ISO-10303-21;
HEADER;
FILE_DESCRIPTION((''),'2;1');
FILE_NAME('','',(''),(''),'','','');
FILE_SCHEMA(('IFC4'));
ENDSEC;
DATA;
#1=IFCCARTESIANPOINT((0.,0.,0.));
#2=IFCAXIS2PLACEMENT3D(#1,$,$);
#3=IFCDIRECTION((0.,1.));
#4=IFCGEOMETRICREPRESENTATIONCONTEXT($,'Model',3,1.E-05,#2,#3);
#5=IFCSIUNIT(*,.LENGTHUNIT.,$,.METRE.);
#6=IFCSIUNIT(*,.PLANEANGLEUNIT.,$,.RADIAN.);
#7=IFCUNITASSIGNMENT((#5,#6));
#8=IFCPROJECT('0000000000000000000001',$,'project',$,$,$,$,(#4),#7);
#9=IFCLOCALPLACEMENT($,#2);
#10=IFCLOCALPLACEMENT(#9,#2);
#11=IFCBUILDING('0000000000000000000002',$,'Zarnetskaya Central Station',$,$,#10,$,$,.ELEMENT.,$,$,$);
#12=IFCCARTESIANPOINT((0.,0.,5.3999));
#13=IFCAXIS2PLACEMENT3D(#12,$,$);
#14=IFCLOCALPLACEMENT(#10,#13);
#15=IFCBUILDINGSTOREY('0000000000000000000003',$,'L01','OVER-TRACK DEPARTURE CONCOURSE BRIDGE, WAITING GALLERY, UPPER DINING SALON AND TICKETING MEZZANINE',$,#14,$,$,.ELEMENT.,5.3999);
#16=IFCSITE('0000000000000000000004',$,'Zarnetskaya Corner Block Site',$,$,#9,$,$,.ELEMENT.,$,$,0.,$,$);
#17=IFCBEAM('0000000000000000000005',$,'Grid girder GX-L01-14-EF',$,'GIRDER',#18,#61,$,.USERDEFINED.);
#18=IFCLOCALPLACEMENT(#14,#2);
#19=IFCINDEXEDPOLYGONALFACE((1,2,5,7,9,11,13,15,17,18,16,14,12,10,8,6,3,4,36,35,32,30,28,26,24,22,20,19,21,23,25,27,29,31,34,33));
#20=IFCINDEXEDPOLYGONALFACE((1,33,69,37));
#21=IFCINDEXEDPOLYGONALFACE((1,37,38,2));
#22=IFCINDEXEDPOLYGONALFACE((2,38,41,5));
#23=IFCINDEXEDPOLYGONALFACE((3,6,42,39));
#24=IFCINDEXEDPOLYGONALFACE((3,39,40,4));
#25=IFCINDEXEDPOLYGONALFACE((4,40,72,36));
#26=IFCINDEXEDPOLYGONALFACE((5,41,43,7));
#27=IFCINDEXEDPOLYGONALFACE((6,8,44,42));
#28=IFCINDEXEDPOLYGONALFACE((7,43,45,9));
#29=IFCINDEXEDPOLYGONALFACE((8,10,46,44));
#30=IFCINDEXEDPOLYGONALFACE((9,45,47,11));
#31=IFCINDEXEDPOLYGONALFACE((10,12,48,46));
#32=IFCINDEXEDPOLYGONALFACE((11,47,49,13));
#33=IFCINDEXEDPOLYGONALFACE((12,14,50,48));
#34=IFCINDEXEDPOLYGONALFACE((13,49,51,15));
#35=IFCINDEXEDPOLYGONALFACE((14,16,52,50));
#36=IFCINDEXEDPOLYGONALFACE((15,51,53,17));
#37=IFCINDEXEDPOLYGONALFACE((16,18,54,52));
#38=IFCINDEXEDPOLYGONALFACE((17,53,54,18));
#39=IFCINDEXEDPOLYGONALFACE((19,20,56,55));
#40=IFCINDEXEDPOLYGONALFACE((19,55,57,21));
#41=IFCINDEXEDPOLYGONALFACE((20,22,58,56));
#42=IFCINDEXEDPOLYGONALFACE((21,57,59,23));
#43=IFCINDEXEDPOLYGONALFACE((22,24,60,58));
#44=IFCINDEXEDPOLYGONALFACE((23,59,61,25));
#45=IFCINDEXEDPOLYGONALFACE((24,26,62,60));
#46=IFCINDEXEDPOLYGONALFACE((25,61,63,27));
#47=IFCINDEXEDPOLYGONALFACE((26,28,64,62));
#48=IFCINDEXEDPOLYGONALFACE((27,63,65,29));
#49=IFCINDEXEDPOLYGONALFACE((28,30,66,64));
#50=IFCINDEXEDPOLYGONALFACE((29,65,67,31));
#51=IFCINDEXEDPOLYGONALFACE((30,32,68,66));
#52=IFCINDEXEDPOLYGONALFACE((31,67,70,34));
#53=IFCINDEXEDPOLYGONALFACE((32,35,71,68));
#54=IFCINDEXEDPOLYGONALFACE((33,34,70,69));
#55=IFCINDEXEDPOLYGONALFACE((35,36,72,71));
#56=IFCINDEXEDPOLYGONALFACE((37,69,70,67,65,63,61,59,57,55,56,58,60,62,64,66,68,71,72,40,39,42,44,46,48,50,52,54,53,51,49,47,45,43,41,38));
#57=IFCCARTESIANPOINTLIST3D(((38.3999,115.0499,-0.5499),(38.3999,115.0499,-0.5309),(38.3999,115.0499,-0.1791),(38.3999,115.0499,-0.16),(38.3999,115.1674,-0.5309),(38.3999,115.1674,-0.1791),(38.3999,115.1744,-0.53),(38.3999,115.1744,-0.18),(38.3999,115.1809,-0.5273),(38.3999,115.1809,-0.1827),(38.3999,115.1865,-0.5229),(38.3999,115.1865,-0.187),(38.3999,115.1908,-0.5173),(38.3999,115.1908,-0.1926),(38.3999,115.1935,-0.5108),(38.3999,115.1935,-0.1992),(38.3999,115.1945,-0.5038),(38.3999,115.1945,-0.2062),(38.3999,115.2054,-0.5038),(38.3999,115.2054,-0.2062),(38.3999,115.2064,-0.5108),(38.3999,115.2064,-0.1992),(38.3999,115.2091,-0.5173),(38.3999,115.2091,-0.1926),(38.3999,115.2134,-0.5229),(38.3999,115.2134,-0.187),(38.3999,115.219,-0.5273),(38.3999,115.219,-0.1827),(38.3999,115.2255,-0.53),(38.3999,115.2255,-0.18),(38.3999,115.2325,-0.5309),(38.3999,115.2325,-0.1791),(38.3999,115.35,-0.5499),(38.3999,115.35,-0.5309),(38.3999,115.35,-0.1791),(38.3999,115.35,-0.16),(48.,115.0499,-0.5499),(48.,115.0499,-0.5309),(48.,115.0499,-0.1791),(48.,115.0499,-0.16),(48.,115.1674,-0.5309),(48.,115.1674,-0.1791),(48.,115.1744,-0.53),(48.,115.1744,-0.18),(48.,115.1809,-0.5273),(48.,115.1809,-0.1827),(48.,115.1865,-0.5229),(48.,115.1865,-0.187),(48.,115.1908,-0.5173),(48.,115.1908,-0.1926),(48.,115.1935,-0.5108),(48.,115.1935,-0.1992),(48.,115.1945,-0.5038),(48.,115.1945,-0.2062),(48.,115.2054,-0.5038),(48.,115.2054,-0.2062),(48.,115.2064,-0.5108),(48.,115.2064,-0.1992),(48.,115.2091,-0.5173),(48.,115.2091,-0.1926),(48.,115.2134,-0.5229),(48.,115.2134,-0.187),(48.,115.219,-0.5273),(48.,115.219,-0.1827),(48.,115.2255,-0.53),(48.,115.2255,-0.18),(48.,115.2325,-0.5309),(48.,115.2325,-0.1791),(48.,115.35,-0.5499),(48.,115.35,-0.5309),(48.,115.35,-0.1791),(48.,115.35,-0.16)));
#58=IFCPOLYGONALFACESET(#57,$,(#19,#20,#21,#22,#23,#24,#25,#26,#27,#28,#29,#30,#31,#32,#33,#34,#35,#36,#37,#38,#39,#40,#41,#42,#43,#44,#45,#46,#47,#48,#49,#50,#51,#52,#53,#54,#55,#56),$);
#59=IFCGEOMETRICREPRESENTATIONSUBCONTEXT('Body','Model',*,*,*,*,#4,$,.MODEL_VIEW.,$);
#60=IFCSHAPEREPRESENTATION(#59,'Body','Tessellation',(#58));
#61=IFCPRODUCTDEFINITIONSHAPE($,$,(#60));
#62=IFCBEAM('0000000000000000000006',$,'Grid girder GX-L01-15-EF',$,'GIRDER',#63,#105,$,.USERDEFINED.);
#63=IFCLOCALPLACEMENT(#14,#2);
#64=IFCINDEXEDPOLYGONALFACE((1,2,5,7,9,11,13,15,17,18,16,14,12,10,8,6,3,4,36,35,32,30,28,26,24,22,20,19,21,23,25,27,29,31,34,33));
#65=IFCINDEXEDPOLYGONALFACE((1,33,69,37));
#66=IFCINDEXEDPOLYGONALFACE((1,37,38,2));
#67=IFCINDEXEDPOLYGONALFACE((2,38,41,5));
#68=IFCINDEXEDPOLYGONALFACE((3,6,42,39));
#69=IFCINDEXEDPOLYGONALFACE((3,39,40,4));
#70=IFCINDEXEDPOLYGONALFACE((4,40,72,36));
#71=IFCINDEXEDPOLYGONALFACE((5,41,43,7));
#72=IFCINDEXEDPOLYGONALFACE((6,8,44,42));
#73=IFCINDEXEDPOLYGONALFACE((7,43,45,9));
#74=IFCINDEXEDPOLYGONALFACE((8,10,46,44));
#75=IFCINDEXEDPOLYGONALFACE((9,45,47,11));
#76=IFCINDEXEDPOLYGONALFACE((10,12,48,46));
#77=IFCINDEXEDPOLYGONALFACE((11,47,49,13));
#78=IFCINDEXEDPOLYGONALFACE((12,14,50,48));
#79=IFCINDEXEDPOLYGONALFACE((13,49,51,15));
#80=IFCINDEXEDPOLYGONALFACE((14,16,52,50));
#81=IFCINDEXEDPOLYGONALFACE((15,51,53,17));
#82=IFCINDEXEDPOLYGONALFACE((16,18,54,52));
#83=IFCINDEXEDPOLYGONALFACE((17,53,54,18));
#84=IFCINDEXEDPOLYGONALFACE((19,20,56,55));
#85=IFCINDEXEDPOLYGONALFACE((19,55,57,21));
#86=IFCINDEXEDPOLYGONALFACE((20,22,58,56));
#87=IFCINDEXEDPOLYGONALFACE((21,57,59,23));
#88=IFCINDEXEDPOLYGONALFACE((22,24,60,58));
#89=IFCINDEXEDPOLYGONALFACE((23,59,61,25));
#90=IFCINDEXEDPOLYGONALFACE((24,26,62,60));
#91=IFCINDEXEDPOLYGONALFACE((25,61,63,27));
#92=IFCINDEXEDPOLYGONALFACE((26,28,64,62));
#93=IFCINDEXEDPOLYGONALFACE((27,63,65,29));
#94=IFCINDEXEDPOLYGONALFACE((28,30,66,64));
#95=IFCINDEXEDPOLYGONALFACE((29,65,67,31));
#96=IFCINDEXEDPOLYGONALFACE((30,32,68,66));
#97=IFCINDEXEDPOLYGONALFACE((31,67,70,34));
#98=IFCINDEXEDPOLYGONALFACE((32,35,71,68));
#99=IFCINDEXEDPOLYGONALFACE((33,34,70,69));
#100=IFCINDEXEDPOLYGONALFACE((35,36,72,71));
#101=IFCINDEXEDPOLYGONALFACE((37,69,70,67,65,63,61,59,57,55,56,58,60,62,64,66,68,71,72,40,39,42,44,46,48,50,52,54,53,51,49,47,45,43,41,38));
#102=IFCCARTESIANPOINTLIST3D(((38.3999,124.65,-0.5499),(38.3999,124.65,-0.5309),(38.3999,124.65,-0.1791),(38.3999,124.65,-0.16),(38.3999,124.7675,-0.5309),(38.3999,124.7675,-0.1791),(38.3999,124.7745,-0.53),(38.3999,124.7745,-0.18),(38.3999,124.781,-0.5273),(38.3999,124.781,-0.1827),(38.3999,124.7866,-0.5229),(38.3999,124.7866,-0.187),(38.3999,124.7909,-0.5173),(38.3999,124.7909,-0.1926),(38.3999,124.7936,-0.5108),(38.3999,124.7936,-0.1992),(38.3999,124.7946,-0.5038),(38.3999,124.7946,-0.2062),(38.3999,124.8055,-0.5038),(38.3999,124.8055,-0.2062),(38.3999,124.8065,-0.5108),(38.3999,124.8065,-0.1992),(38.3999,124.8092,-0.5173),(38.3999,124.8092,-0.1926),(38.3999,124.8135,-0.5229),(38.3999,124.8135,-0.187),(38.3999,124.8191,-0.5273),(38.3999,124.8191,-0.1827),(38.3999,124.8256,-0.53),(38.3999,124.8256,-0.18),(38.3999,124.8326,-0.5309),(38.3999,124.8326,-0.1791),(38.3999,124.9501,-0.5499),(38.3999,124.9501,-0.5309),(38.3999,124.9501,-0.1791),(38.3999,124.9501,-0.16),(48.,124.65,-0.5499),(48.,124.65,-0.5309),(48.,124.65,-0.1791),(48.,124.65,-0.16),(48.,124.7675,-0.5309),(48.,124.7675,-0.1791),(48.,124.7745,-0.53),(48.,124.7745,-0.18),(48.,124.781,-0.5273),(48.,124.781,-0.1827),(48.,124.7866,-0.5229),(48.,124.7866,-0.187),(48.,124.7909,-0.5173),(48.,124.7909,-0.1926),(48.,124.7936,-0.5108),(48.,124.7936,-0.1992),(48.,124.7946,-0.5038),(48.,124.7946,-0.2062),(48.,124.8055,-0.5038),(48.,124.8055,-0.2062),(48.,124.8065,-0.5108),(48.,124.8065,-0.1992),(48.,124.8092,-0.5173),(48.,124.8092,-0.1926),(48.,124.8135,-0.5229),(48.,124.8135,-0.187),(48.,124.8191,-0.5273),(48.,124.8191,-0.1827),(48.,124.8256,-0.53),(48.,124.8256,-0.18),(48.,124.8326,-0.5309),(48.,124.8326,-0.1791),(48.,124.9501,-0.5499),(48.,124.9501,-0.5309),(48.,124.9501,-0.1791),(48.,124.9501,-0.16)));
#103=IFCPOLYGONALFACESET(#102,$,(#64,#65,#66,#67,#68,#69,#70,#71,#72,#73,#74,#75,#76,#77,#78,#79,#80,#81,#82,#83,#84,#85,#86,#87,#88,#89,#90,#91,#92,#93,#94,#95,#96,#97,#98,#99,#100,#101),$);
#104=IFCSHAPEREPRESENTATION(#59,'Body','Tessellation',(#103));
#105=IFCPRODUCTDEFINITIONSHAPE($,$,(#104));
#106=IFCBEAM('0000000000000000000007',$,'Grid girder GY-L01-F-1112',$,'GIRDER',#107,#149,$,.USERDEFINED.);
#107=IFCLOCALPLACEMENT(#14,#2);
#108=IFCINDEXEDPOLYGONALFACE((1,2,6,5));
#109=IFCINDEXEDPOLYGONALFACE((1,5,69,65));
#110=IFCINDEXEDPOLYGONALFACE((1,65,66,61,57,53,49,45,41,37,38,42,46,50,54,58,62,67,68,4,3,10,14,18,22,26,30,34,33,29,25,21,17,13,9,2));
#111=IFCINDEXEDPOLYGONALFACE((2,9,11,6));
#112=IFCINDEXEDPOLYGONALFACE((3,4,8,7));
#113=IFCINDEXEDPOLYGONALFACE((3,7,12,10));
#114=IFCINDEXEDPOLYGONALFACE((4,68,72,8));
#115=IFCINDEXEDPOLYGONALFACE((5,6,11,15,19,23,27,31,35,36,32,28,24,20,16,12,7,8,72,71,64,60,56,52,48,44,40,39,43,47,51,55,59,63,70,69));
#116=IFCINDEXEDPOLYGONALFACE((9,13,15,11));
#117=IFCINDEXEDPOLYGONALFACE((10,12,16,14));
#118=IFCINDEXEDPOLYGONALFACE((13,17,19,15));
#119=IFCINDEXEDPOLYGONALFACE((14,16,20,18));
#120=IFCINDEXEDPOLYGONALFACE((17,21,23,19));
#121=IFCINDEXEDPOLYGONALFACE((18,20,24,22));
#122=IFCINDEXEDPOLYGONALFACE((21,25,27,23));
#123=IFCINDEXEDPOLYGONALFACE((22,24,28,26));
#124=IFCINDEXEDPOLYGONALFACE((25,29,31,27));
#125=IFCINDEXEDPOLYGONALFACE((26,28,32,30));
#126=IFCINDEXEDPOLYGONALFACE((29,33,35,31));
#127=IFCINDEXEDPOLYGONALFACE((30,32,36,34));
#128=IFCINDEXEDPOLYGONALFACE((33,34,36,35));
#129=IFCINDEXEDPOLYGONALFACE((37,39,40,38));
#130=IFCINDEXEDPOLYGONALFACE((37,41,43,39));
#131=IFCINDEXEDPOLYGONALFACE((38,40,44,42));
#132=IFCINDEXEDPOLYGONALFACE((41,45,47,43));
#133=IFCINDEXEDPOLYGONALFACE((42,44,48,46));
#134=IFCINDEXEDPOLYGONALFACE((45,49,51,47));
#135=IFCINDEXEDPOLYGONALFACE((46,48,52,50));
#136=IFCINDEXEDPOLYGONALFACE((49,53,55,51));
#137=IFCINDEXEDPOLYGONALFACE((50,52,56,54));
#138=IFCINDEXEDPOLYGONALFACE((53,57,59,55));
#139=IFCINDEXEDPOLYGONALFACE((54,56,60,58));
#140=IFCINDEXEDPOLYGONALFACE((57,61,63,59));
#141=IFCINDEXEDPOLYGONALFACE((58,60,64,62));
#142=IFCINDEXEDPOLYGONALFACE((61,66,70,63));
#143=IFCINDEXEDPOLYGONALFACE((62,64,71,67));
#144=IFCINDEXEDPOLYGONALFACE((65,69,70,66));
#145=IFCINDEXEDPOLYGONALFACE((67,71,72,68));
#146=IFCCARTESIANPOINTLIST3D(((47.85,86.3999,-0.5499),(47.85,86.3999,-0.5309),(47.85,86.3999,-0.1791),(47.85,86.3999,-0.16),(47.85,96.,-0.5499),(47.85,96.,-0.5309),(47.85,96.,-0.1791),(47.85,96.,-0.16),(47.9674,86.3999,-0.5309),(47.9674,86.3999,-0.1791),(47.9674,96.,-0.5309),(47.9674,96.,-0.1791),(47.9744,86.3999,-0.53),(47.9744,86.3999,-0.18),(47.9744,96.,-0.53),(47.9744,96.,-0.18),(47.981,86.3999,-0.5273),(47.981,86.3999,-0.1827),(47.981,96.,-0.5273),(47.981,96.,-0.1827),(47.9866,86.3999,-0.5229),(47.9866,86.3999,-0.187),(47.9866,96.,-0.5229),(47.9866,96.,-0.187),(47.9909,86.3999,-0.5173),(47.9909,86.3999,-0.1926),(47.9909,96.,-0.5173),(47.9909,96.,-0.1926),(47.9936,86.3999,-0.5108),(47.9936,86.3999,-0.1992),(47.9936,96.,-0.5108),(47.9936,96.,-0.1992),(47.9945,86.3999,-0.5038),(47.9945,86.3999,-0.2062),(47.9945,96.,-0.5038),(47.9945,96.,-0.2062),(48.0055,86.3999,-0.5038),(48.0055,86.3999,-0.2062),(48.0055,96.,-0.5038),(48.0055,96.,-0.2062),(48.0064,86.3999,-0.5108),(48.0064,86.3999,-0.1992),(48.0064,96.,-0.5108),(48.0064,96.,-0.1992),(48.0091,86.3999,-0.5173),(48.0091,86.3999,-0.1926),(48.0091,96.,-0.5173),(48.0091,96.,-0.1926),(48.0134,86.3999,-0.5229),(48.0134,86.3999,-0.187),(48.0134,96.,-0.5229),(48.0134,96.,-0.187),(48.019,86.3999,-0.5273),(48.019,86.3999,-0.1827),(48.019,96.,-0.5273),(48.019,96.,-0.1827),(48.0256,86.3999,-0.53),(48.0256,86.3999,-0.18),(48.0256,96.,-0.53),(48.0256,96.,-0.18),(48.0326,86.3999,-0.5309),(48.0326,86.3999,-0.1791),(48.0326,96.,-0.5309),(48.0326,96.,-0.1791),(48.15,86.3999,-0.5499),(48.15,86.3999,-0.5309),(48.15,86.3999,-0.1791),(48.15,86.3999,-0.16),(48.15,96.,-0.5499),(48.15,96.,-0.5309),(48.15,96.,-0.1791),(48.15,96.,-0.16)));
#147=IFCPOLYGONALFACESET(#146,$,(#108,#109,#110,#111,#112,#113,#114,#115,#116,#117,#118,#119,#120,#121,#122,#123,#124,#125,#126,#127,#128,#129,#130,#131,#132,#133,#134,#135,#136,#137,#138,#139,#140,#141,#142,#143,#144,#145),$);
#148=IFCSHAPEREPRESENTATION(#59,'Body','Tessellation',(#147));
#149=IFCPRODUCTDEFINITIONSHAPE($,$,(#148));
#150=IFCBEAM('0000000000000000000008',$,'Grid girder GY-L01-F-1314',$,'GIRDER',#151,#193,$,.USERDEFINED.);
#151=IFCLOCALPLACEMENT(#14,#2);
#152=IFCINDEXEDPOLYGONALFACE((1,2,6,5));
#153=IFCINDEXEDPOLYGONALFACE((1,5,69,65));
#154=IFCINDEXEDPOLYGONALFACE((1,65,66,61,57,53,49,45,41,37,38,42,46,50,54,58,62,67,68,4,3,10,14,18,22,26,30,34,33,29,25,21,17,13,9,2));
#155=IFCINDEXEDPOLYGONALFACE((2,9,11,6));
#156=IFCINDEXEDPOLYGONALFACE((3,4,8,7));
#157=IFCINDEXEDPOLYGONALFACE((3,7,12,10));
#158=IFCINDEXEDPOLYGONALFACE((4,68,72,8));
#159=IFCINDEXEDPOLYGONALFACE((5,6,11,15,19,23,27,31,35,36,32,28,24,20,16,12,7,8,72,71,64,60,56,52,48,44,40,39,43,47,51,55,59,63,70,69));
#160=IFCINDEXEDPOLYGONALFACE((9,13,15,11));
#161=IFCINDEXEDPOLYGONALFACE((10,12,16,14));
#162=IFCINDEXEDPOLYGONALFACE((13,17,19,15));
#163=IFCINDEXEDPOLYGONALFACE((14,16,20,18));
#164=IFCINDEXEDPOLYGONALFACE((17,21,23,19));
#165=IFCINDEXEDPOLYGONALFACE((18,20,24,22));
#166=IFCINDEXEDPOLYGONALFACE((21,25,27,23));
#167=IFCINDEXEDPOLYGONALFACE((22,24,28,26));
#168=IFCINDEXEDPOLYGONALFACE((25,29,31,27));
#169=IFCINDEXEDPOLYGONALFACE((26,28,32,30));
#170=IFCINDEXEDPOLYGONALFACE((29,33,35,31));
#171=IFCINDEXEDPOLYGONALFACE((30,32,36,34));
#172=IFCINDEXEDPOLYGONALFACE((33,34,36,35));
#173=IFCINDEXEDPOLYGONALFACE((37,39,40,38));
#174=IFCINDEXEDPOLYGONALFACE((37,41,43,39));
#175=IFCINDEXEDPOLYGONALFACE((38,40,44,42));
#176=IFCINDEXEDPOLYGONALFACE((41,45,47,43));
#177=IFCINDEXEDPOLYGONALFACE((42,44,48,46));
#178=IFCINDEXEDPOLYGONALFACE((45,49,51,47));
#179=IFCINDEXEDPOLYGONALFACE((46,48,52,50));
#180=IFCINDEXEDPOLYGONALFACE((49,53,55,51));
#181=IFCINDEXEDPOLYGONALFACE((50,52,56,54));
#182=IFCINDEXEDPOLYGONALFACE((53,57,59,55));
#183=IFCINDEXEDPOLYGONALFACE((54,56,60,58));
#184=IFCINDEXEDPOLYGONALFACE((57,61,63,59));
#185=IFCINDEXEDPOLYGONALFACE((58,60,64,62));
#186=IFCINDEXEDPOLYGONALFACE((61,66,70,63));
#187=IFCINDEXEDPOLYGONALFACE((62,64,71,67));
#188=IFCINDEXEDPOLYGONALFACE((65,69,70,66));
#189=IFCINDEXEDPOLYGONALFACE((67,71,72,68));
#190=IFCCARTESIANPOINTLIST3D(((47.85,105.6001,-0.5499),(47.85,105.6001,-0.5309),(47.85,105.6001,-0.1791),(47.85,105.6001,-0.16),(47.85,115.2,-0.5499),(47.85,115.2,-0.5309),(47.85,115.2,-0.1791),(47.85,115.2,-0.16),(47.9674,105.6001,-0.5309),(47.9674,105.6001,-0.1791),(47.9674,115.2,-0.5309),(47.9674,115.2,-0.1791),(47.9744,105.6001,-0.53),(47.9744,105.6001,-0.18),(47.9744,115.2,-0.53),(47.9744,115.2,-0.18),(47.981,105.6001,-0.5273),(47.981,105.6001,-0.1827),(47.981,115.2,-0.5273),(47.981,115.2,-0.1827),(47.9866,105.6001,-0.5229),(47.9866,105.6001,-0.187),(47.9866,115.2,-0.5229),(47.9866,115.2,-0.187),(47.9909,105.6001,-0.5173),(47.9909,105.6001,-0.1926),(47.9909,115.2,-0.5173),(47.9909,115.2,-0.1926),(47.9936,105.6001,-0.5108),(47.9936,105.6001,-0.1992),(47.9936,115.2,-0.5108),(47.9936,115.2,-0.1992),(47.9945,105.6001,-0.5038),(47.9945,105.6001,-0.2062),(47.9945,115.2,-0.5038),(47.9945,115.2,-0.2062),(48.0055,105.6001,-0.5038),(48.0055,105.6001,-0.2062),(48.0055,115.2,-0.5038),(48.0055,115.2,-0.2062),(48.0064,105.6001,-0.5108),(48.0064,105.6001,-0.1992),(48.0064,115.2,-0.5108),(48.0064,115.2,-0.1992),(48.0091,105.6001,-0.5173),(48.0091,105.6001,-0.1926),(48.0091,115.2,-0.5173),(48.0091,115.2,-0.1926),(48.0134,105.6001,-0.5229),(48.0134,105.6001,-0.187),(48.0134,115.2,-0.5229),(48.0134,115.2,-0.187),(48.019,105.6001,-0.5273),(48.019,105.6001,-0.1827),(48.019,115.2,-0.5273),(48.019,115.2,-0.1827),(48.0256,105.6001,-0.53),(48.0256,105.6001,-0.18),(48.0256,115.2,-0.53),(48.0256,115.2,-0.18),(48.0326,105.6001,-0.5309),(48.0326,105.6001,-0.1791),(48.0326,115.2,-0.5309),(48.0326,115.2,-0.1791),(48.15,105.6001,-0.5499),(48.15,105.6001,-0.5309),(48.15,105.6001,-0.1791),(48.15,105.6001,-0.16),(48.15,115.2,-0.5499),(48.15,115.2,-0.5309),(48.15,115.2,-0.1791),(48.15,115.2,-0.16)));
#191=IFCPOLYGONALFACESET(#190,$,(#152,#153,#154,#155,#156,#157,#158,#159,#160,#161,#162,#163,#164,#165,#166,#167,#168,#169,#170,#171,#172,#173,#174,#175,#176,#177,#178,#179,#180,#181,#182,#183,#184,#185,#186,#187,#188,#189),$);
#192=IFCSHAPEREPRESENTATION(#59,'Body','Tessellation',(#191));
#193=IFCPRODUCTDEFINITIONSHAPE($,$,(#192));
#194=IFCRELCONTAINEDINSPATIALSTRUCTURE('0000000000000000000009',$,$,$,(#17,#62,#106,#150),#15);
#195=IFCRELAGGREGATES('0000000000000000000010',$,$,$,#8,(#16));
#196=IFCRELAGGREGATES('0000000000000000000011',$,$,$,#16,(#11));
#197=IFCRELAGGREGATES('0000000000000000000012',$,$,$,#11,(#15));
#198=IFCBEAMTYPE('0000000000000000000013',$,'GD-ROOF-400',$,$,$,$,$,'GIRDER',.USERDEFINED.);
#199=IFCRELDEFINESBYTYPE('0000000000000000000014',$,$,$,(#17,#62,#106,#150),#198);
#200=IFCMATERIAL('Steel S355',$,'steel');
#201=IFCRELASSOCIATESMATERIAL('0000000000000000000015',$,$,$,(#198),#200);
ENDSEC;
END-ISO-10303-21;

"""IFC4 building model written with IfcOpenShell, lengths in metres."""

from ifc_helpers import new_model, si_unit, direction, frame, origin, origin_2d, place, context, subcontext, project, spatial, i_section, extrude, material, material_profile, profile_set, type_object, element, save


model = new_model("IFC4")

# Units and contexts
model_context = context("Model", 3, precision=1e-05, world=origin(), true_north=direction((0.0, 1.0)))
body_context = subcontext(model_context, "Body", "Model", "MODEL_VIEW")
ifc_project = project(units=[si_unit("LENGTHUNIT", "METRE"), si_unit("PLANEANGLEUNIT", "RADIAN")], contexts=[model_context])

# Site, building, storey
site_placement = place(None, origin())
site = spatial("IfcSite", under=ifc_project, at=site_placement, Name="Zarnetskaya Corner Block Site", CompositionType="ELEMENT", RefElevation=0.0)
building_placement = place(site_placement, origin())
building = spatial("IfcBuilding", under=site, at=building_placement, Name="Zarnetskaya Central Station", CompositionType="ELEMENT")
storey_placement = place(building_placement, frame((0.0, 0.0, 5.3999)))
storey = spatial("IfcBuildingStorey", under=building, at=storey_placement, Name="L01", Description="OVER-TRACK DEPARTURE CONCOURSE BRIDGE, WAITING GALLERY, UPPER DINING SALON AND TICKETING MEZZANINE", CompositionType="ELEMENT", Elevation=5.3999)

# Shared definitions
ifc_material_1 = material(Name="Steel S355", Category="steel")

# Beams
ifc_material_profile_1 = material_profile(ifc_material_1, i_section(OverallWidth=0.3, OverallDepth=0.3899, WebThickness=0.011, FlangeThickness=0.019, FilletRadius=0.0271, at=origin_2d()), Name="HEA 400")
ifc_profile_set_1 = profile_set([ifc_material_profile_1], Name="Steel S355")
beam_type_1 = type_object("IfcBeamType", Name="GD-ROOF-400", ElementType="GIRDER", PredefinedType="USERDEFINED", material=ifc_profile_set_1)
for number, where, z_axis, x_axis, name in (
    (1, (38.3999, 115.2, -0.355), (1.0, 0.0, 0.0), (0.0, 1.0, 0.0), "Grid girder GX-L01-14-EF"),
    (2, (38.3999, 124.8, -0.355), (1.0, 0.0, 0.0), (0.0, 1.0, 0.0), "Grid girder GX-L01-15-EF"),
    (3, (48.0, 86.3999, -0.355), (0.0, 1.0, 0.0), (-1.0, 0.0, 0.0), "Grid girder GY-L01-F-1112"),
):
    element("IfcBeam", number, at=place(storey_placement, frame(where, z_axis=z_axis, x_axis=x_axis)), inside=storey, type_object=beam_type_1, Name=name, ObjectType="GIRDER", PredefinedType="USERDEFINED", context=body_context, shape_type="SweptSolid", body=[
        extrude(i_section(OverallWidth=0.3, OverallDepth=0.3899, WebThickness=0.011, FlangeThickness=0.019, FilletRadius=0.0271, at=origin_2d()), origin(), (0.0, 0.0, 1.0), 9.6001),
    ])
beam_1_placement = place(storey_placement, frame((48.0, 105.6001, -0.355), z_axis=(0.0, 1.0, 0.0), x_axis=(-1.0, 0.0, 0.0)))
element("IfcBeam", 4, at=beam_1_placement, inside=storey, type_object=beam_type_1, Name="Grid girder GY-L01-F-1314", ObjectType="GIRDER", PredefinedType="USERDEFINED", context=body_context, shape_type="SweptSolid", body=[
    extrude(i_section(OverallWidth=0.3, OverallDepth=0.3899, WebThickness=0.011, FlangeThickness=0.019, FilletRadius=0.0271, at=origin_2d()), origin(), (0.0, 0.0, 1.0), 9.5999),
])

save(model, "model.ifc")
